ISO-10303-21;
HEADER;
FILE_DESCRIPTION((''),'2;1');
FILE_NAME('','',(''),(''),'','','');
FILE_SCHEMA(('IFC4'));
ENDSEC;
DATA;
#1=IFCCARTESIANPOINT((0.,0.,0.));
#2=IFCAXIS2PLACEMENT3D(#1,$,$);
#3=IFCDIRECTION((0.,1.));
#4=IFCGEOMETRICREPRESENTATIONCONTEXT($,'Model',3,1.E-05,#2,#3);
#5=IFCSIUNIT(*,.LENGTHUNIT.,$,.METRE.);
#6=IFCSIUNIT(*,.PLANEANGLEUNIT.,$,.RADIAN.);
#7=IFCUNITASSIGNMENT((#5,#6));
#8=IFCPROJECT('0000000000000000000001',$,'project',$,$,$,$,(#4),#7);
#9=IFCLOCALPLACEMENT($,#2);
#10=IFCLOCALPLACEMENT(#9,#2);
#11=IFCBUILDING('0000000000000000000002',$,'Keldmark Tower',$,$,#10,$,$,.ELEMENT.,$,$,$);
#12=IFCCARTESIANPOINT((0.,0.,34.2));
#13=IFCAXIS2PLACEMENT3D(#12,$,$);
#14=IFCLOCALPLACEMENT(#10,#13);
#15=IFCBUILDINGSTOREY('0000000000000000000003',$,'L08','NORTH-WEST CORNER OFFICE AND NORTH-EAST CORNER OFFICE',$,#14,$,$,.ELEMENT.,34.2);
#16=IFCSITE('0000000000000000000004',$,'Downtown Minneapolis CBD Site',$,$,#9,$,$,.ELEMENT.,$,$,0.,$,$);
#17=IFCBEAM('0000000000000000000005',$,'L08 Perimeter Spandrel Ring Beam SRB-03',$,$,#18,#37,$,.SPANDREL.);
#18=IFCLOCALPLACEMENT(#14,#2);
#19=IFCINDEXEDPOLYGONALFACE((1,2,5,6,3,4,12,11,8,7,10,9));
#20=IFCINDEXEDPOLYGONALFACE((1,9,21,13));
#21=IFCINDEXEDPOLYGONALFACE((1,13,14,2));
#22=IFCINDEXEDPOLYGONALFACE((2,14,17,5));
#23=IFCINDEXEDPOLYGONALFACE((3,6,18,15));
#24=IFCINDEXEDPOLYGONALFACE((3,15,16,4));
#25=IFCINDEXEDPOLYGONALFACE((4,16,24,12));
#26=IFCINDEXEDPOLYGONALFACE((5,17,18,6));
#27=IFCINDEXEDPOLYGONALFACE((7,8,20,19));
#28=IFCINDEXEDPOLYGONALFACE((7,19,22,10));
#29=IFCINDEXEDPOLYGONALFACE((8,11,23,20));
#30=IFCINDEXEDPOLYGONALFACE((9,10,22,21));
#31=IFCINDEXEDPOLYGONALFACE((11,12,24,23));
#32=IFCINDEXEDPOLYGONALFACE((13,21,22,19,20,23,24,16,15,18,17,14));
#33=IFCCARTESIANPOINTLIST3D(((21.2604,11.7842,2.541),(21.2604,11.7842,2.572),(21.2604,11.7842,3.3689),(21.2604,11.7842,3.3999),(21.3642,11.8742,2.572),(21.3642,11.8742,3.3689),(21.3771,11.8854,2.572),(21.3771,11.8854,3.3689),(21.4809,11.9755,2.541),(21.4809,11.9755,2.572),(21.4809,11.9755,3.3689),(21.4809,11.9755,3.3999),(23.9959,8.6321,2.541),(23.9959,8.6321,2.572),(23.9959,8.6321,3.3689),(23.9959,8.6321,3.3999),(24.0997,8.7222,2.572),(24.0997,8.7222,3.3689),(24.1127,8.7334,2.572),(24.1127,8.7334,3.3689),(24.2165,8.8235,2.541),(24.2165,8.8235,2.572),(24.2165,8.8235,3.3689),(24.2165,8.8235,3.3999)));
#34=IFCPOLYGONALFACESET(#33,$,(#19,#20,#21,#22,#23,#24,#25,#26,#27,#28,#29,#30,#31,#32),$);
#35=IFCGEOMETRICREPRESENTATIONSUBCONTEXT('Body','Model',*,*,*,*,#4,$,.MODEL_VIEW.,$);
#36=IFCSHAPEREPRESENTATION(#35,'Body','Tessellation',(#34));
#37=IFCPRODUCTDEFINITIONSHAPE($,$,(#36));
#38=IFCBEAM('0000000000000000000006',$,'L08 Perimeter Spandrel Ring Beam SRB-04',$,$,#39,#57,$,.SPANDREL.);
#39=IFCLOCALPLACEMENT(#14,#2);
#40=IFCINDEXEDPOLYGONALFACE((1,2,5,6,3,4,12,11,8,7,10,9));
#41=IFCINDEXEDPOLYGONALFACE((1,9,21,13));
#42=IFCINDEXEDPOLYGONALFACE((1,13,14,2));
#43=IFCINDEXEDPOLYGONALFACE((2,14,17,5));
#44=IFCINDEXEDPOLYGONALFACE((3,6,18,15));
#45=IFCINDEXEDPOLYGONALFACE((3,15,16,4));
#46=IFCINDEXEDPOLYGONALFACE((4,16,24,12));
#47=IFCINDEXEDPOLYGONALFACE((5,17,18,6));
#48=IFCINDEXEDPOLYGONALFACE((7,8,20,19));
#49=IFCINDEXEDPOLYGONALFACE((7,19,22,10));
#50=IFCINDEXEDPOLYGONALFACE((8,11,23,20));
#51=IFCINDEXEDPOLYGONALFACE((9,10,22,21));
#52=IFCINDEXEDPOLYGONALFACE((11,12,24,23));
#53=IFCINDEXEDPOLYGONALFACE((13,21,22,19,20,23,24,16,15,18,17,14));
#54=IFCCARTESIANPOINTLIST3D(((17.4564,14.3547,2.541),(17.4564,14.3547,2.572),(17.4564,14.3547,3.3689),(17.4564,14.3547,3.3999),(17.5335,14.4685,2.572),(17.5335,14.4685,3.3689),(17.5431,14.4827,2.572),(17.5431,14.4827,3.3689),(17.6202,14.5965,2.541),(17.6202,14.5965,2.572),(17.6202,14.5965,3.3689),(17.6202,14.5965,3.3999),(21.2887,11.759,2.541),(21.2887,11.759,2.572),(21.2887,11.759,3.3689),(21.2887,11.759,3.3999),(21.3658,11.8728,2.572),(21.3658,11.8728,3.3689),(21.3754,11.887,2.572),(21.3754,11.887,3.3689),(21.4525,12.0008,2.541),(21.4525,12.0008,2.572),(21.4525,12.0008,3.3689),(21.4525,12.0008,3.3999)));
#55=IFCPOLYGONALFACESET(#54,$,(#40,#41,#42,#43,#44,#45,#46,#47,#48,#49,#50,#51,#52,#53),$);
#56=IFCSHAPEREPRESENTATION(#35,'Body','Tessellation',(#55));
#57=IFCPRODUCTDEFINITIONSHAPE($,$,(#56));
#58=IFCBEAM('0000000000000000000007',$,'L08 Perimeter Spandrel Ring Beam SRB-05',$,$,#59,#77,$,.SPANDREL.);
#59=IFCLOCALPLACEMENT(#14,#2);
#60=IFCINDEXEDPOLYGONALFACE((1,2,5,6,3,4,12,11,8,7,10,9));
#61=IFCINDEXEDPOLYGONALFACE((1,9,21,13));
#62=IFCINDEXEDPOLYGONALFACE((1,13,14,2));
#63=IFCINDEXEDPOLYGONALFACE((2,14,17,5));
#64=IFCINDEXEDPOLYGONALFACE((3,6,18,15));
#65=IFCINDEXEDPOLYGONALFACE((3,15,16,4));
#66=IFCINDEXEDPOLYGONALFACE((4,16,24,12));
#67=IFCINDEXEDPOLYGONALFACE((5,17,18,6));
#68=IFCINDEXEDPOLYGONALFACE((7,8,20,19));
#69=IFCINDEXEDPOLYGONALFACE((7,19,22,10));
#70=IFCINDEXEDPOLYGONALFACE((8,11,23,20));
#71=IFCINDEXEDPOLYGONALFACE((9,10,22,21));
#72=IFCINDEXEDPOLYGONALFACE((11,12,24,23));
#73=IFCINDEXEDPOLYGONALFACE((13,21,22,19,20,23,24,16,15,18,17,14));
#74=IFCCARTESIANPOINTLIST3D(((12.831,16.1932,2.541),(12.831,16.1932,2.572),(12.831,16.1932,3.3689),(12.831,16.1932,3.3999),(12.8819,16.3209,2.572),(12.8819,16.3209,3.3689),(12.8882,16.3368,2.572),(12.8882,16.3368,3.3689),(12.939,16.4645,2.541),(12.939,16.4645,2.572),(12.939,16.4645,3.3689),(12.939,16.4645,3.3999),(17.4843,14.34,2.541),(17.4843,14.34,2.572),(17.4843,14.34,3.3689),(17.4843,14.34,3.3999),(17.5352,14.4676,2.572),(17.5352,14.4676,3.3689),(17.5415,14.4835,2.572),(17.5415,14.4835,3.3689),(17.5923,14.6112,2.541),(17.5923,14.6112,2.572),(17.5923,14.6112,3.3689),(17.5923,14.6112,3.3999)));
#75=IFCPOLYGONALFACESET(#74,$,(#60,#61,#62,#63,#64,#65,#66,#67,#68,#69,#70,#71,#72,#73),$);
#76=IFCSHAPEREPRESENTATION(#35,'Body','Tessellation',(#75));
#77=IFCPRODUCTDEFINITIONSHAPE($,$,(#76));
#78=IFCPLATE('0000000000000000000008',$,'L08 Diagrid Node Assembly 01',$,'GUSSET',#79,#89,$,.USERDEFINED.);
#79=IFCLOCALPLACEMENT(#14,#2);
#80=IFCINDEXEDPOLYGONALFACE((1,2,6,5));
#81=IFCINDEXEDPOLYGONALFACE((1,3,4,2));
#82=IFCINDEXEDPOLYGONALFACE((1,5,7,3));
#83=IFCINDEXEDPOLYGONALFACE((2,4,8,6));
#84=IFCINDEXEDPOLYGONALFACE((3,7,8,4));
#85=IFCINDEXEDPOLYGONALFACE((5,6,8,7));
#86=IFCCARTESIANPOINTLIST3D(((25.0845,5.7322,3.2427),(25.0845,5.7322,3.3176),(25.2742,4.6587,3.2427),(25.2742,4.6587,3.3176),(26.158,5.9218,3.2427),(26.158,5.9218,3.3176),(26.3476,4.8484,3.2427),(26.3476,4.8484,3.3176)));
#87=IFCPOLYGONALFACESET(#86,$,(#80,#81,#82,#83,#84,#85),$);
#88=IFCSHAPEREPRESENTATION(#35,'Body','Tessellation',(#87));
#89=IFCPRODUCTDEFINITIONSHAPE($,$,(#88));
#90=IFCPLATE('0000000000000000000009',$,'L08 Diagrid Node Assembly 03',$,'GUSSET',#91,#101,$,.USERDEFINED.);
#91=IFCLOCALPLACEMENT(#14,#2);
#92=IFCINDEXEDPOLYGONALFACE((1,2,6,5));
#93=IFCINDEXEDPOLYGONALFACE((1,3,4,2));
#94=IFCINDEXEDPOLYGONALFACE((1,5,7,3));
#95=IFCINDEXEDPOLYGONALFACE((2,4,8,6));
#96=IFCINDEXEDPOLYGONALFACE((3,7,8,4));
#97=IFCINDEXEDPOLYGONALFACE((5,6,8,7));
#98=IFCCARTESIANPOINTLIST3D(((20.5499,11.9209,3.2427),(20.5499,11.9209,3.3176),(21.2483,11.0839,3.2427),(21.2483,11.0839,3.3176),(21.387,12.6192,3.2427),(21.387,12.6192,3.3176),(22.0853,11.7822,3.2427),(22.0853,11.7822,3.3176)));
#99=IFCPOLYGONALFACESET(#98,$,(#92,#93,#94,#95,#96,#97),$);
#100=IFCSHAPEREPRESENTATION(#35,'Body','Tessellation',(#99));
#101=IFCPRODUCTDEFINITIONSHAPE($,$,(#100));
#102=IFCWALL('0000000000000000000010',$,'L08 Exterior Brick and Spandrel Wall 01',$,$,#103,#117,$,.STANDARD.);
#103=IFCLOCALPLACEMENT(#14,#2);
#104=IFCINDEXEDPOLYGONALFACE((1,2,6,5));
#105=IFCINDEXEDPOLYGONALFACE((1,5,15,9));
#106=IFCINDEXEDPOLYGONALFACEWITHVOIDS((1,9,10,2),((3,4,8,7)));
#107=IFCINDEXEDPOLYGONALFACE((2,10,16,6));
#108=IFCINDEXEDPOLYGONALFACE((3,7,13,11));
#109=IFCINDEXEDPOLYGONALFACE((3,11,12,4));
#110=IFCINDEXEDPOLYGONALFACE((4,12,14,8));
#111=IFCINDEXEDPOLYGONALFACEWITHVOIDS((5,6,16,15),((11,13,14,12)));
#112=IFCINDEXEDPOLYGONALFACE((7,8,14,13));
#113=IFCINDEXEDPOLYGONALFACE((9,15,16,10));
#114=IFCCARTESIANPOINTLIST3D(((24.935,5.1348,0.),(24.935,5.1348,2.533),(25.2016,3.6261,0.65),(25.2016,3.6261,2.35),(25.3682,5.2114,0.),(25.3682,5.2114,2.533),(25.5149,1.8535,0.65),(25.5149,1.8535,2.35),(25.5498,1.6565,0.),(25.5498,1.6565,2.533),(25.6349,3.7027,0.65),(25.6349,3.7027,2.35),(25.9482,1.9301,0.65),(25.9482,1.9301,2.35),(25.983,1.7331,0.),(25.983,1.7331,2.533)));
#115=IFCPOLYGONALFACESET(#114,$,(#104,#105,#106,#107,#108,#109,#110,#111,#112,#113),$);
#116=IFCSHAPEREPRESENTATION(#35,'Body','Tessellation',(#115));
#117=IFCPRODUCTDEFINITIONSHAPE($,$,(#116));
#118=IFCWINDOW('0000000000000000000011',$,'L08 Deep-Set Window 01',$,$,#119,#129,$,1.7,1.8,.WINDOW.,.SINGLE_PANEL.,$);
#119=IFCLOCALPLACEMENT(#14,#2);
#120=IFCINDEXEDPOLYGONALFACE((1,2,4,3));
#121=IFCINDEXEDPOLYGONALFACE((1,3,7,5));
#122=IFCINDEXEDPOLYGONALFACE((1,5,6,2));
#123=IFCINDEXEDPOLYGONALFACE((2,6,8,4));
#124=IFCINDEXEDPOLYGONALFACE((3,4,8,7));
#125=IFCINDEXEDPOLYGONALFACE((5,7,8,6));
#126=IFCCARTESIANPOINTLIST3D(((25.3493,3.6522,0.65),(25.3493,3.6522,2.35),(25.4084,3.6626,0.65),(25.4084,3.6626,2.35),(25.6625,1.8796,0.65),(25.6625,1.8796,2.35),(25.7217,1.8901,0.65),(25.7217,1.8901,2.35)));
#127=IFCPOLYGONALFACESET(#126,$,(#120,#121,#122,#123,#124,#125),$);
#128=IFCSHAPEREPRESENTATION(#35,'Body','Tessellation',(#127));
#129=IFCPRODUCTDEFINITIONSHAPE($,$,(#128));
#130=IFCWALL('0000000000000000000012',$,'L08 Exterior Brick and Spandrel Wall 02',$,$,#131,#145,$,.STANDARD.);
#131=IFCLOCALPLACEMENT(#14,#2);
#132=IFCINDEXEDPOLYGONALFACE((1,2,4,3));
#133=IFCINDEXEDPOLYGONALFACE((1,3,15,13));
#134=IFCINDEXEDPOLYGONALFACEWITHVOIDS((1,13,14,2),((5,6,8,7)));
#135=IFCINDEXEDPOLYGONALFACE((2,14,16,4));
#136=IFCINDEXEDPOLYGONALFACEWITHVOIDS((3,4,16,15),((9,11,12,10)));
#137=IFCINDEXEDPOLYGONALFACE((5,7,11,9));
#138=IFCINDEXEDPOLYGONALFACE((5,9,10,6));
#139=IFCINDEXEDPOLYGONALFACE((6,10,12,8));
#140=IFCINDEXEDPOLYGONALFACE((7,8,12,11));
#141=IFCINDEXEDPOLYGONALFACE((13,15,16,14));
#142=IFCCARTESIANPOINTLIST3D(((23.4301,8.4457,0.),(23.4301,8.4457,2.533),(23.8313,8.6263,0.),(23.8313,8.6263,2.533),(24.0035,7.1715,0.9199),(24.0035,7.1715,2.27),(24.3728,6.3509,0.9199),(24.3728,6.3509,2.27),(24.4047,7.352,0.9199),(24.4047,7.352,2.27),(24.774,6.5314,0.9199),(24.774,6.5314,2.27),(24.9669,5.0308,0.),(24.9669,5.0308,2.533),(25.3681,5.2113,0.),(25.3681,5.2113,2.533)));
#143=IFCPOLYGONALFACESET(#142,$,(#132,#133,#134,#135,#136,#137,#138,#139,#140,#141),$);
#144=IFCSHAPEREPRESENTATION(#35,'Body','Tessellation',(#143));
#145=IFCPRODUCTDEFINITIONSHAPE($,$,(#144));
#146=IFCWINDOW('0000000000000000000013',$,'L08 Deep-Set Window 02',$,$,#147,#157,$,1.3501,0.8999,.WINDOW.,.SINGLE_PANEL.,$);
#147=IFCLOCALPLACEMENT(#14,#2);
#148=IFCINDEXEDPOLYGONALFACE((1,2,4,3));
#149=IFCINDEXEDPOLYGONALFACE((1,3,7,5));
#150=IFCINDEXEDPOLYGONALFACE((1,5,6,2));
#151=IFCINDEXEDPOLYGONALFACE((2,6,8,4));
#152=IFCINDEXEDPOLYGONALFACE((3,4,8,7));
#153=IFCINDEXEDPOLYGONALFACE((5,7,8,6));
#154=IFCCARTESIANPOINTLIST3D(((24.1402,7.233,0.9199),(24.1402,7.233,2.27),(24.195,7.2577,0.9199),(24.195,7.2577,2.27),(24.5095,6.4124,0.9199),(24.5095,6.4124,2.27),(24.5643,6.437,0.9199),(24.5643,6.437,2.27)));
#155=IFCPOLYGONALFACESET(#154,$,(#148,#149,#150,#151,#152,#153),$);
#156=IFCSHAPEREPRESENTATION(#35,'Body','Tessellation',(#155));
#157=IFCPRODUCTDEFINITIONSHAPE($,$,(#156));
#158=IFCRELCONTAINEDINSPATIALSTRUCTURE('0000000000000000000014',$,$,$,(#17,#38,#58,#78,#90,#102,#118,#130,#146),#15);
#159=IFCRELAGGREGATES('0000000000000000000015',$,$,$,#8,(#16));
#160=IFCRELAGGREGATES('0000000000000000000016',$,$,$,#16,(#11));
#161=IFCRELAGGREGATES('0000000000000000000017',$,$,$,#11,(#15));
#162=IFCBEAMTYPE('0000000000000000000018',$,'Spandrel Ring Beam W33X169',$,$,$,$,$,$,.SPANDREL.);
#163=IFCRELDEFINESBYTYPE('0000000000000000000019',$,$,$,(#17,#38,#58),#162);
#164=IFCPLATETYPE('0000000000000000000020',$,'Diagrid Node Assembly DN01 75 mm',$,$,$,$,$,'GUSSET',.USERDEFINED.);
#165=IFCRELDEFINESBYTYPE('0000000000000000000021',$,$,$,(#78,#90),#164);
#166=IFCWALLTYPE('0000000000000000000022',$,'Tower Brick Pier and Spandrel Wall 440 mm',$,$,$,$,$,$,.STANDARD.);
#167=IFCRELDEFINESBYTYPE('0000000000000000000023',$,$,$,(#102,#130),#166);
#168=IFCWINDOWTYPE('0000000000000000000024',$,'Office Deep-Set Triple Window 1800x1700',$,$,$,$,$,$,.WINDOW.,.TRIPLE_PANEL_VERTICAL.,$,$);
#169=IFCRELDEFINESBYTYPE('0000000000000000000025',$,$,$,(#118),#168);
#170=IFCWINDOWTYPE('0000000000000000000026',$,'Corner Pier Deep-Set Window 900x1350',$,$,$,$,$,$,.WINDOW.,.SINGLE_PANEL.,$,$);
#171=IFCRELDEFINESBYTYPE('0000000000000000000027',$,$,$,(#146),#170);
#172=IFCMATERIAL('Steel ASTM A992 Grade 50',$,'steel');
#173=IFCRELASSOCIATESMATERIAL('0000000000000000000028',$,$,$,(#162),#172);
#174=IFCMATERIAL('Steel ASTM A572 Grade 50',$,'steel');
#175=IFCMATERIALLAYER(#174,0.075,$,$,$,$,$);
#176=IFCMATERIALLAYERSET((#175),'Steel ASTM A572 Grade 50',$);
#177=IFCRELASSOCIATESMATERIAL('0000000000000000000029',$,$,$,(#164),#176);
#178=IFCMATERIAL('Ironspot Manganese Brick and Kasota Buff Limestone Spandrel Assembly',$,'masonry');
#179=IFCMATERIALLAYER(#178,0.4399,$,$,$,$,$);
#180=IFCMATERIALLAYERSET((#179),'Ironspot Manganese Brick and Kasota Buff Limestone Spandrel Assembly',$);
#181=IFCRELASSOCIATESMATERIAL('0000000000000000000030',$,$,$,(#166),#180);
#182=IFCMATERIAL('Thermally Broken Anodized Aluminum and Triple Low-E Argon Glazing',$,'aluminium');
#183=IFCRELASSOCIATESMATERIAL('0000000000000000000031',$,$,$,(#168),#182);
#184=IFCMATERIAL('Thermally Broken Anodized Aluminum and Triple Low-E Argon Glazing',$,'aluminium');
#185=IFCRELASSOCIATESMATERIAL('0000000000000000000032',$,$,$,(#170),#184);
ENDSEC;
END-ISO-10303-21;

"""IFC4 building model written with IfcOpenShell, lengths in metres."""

from ifc_helpers import new_model, si_unit, direction, frame, frame_2d, origin, origin_2d, place, context, subcontext, project, spatial, rectangle, i_section, extrude, material, layer, layer_set, material_profile, profile_set, type_object, element, fill, save


model = new_model("IFC4")

# Units and contexts
model_context = context("Model", 3, precision=1e-05, world=origin(), true_north=direction((0.0, 1.0)))
body_context = subcontext(model_context, "Body", "Model", "MODEL_VIEW")
ifc_project = project(units=[si_unit("LENGTHUNIT", "METRE"), si_unit("PLANEANGLEUNIT", "RADIAN")], contexts=[model_context])

# Site, building, storey
site_placement = place(None, origin())
site = spatial("IfcSite", under=ifc_project, at=site_placement, Name="Downtown Minneapolis CBD Site", CompositionType="ELEMENT", RefElevation=0.0)
building_placement = place(site_placement, origin())
building = spatial("IfcBuilding", under=site, at=building_placement, Name="Keldmark Tower", CompositionType="ELEMENT")
storey_placement = place(building_placement, frame((0.0, 0.0, 34.2)))
storey = spatial("IfcBuildingStorey", under=building, at=storey_placement, Name="L08", Description="NORTH-WEST CORNER OFFICE AND NORTH-EAST CORNER OFFICE", CompositionType="ELEMENT", Elevation=34.2)

# Beams
ifc_material_1 = material(Name="Steel ASTM A992 Grade 50", Category="steel")
ifc_material_profile_1 = material_profile(ifc_material_1, i_section(OverallWidth=0.292, OverallDepth=0.8589, WebThickness=0.0171, FlangeThickness=0.031, at=origin_2d()), Name="W33X169")
ifc_profile_set_1 = profile_set([ifc_material_profile_1], Name="Steel ASTM A992 Grade 50")
beam_type_1 = type_object("IfcBeamType", Name="Spandrel Ring Beam W33X169", PredefinedType="SPANDREL", material=ifc_profile_set_1)
beam_1_placement = place(storey_placement, frame((24.1062, 8.7278, 2.9705), z_axis=(-0.655447, 0.755241, 0.0), x_axis=(-0.755241, -0.655447, 0.0)))
element("IfcBeam", 1, at=beam_1_placement, inside=storey, type_object=beam_type_1, Name="L08 Perimeter Spandrel Ring Beam SRB-03", PredefinedType="SPANDREL", context=body_context, shape_type="SweptSolid", body=[
    extrude(i_section(OverallWidth=0.292, OverallDepth=0.8589, WebThickness=0.0171, FlangeThickness=0.031, at=origin_2d()), origin(), (0.0, 0.0, 1.0), 4.1736),
])
beam_2_placement = place(storey_placement, frame((21.3706, 11.8799, 2.9705), z_axis=(-0.827954, 0.560796, 0.0), x_axis=(-0.560796, -0.827954, 0.0)))
element("IfcBeam", 2, at=beam_2_placement, inside=storey, type_object=beam_type_1, Name="L08 Perimeter Spandrel Ring Beam SRB-04", PredefinedType="SPANDREL", context=body_context, shape_type="SweptSolid", body=[
    extrude(i_section(OverallWidth=0.292, OverallDepth=0.8589, WebThickness=0.0171, FlangeThickness=0.031, at=origin_2d()), origin(), (0.0, 0.0, 1.0), 4.6287),
])
beam_3_placement = place(storey_placement, frame((17.5383, 14.4756, 2.9705), z_axis=(-0.92903, 0.370004, 0.0), x_axis=(-0.370004, -0.92903, 0.0)))
element("IfcBeam", 3, at=beam_3_placement, inside=storey, type_object=beam_type_1, Name="L08 Perimeter Spandrel Ring Beam SRB-05", PredefinedType="SPANDREL", context=body_context, shape_type="SweptSolid", body=[
    extrude(i_section(OverallWidth=0.292, OverallDepth=0.8589, WebThickness=0.0171, FlangeThickness=0.031, at=origin_2d()), origin(), (0.0, 0.0, 1.0), 5.0088),
])

# Plates
ifc_material_2 = material(Name="Steel ASTM A572 Grade 50", Category="steel")
ifc_layer_1 = layer(ifc_material_2, 0.075)
ifc_layer_set_1 = layer_set([ifc_layer_1], Name="Steel ASTM A572 Grade 50")
plate_type = type_object("IfcPlateType", Name="Diagrid Node Assembly DN01 75 mm", ElementType="GUSSET", PredefinedType="USERDEFINED", material=ifc_layer_set_1)
for number, where, z_axis, x_axis, name in (
    (4, (25.7161, 5.2903, 3.2427), (0.0, 0.0, 1.0), (-0.173992, 0.984747, 0.0), "L08 Diagrid Node Assembly 01"),
    (5, (21.3176, 11.8516, 3.2427), (0.0, 0.0, 1.0), (-0.640646, 0.767836, 0.0), "L08 Diagrid Node Assembly 03"),
):
    element("IfcPlate", number, at=place(storey_placement, frame(where, z_axis=z_axis, x_axis=x_axis)), inside=storey, type_object=plate_type, Name=name, ObjectType="GUSSET", PredefinedType="USERDEFINED", context=body_context, shape_type="SweptSolid", body=[
        extrude(rectangle(XDim=1.0901, YDim=1.0901, at=origin_2d()), origin(), (0.0, 0.0, 1.0), 0.075),
    ])

# Walls, openings, windows
ifc_material_3 = material(Name="Ironspot Manganese Brick and Kasota Buff Limestone Spandrel Assembly", Category="masonry")
ifc_layer_2 = layer(ifc_material_3, 0.4399)
ifc_layer_set_2 = layer_set([ifc_layer_2], Name="Ironspot Manganese Brick and Kasota Buff Limestone Spandrel Assembly")
wall_type = type_object("IfcWallType", Name="Tower Brick Pier and Spandrel Wall 440 mm", PredefinedType="STANDARD", material=ifc_layer_set_2)
wall_1_placement = place(storey_placement, frame((25.1516, 5.1731, 0.0), z_axis=(0.0, 0.0, 1.0), x_axis=(0.174042, -0.984738, 0.0)))
wall_1 = element("IfcWall", 6, at=wall_1_placement, inside=storey, type_object=wall_type, Name="L08 Exterior Brick and Spandrel Wall 01", PredefinedType="STANDARD", context=body_context, shape_type="SweptSolid", body=[
    extrude(rectangle(XDim=3.5322, YDim=0.4399, at=frame_2d((1.7661, 0.0))), origin(), (0.0, 0.0, 1.0), 2.533),
])
opening_1_placement = place(wall_1_placement, frame((1.5322, 0.0, 0.6499)))
opening_1 = element("IfcOpeningElement", 7, at=opening_1_placement, cuts=wall_1, PredefinedType="OPENING", context=body_context, shape_type="SweptSolid", body=[
    extrude(rectangle(XDim=1.8, YDim=1.7, at=frame_2d((0.8999, 0.8501))), frame((0.0, 0.23, 0.0), z_axis=(0.0, -1.0, 0.0), x_axis=(1.0, 0.0, 0.0)), (0.0, 0.0, 1.0), 0.46),
])
ifc_material_4 = material(Name="Thermally Broken Anodized Aluminum and Triple Low-E Argon Glazing", Category="aluminium")
window_type_1 = type_object("IfcWindowType", Name="Office Deep-Set Triple Window 1800x1700", PartitioningType="TRIPLE_PANEL_VERTICAL", PredefinedType="WINDOW", material=ifc_material_4)
window_1_placement = place(opening_1_placement, origin())
window_1 = element("IfcWindow", 8, at=window_1_placement, inside=storey, type_object=window_type_1, Name="L08 Deep-Set Window 01", OverallHeight=1.7, OverallWidth=1.8, PartitioningType="SINGLE_PANEL", PredefinedType="WINDOW", context=body_context, shape_type="SweptSolid", body=[
    extrude(rectangle(XDim=1.8, YDim=1.7, at=frame_2d((0.8999, 0.8501))), frame((0.0, -0.01, 0.0), z_axis=(0.0, -1.0, 0.0), x_axis=(1.0, 0.0, 0.0)), (0.0, 0.0, 1.0), 0.0601),
])
fill(opening_1, window_1)
wall_2_placement = place(storey_placement, frame((23.6306, 8.5361, 0.0), z_axis=(0.0, 0.0, 1.0), x_axis=(0.410386, -0.911912, 0.0)))
wall_2 = element("IfcWall", 9, at=wall_2_placement, inside=storey, type_object=wall_type, Name="L08 Exterior Brick and Spandrel Wall 02", PredefinedType="STANDARD", context=body_context, shape_type="SweptSolid", body=[
    extrude(rectangle(XDim=3.7449, YDim=0.4399, at=frame_2d((1.8726, 0.0))), origin(), (0.0, 0.0, 1.0), 2.533),
])
opening_2_placement = place(wall_2_placement, frame((1.3975, 0.0, 0.9199)))
opening_2 = element("IfcOpeningElement", 10, at=opening_2_placement, cuts=wall_2, PredefinedType="OPENING", context=body_context, shape_type="SweptSolid", body=[
    extrude(rectangle(XDim=0.8999, YDim=1.3501, at=frame_2d((0.45, 0.675))), frame((0.0, 0.23, 0.0), z_axis=(0.0, -1.0, 0.0), x_axis=(1.0, 0.0, 0.0)), (0.0, 0.0, 1.0), 0.46),
])
ifc_material_5 = material(Name="Thermally Broken Anodized Aluminum and Triple Low-E Argon Glazing", Category="aluminium")
window_type_2 = type_object("IfcWindowType", Name="Corner Pier Deep-Set Window 900x1350", PartitioningType="SINGLE_PANEL", PredefinedType="WINDOW", material=ifc_material_5)
window_2_placement = place(opening_2_placement, origin())
window_2 = element("IfcWindow", 11, at=window_2_placement, inside=storey, type_object=window_type_2, Name="L08 Deep-Set Window 02", OverallHeight=1.3501, OverallWidth=0.8999, PartitioningType="SINGLE_PANEL", PredefinedType="WINDOW", context=body_context, shape_type="SweptSolid", body=[
    extrude(rectangle(XDim=0.8999, YDim=1.3501, at=frame_2d((0.45, 0.675))), frame((0.0, -0.01, 0.0), z_axis=(0.0, -1.0, 0.0), x_axis=(1.0, 0.0, 0.0)), (0.0, 0.0, 1.0), 0.0601),
])
fill(opening_2, window_2)

save(model, "model.ifc")
